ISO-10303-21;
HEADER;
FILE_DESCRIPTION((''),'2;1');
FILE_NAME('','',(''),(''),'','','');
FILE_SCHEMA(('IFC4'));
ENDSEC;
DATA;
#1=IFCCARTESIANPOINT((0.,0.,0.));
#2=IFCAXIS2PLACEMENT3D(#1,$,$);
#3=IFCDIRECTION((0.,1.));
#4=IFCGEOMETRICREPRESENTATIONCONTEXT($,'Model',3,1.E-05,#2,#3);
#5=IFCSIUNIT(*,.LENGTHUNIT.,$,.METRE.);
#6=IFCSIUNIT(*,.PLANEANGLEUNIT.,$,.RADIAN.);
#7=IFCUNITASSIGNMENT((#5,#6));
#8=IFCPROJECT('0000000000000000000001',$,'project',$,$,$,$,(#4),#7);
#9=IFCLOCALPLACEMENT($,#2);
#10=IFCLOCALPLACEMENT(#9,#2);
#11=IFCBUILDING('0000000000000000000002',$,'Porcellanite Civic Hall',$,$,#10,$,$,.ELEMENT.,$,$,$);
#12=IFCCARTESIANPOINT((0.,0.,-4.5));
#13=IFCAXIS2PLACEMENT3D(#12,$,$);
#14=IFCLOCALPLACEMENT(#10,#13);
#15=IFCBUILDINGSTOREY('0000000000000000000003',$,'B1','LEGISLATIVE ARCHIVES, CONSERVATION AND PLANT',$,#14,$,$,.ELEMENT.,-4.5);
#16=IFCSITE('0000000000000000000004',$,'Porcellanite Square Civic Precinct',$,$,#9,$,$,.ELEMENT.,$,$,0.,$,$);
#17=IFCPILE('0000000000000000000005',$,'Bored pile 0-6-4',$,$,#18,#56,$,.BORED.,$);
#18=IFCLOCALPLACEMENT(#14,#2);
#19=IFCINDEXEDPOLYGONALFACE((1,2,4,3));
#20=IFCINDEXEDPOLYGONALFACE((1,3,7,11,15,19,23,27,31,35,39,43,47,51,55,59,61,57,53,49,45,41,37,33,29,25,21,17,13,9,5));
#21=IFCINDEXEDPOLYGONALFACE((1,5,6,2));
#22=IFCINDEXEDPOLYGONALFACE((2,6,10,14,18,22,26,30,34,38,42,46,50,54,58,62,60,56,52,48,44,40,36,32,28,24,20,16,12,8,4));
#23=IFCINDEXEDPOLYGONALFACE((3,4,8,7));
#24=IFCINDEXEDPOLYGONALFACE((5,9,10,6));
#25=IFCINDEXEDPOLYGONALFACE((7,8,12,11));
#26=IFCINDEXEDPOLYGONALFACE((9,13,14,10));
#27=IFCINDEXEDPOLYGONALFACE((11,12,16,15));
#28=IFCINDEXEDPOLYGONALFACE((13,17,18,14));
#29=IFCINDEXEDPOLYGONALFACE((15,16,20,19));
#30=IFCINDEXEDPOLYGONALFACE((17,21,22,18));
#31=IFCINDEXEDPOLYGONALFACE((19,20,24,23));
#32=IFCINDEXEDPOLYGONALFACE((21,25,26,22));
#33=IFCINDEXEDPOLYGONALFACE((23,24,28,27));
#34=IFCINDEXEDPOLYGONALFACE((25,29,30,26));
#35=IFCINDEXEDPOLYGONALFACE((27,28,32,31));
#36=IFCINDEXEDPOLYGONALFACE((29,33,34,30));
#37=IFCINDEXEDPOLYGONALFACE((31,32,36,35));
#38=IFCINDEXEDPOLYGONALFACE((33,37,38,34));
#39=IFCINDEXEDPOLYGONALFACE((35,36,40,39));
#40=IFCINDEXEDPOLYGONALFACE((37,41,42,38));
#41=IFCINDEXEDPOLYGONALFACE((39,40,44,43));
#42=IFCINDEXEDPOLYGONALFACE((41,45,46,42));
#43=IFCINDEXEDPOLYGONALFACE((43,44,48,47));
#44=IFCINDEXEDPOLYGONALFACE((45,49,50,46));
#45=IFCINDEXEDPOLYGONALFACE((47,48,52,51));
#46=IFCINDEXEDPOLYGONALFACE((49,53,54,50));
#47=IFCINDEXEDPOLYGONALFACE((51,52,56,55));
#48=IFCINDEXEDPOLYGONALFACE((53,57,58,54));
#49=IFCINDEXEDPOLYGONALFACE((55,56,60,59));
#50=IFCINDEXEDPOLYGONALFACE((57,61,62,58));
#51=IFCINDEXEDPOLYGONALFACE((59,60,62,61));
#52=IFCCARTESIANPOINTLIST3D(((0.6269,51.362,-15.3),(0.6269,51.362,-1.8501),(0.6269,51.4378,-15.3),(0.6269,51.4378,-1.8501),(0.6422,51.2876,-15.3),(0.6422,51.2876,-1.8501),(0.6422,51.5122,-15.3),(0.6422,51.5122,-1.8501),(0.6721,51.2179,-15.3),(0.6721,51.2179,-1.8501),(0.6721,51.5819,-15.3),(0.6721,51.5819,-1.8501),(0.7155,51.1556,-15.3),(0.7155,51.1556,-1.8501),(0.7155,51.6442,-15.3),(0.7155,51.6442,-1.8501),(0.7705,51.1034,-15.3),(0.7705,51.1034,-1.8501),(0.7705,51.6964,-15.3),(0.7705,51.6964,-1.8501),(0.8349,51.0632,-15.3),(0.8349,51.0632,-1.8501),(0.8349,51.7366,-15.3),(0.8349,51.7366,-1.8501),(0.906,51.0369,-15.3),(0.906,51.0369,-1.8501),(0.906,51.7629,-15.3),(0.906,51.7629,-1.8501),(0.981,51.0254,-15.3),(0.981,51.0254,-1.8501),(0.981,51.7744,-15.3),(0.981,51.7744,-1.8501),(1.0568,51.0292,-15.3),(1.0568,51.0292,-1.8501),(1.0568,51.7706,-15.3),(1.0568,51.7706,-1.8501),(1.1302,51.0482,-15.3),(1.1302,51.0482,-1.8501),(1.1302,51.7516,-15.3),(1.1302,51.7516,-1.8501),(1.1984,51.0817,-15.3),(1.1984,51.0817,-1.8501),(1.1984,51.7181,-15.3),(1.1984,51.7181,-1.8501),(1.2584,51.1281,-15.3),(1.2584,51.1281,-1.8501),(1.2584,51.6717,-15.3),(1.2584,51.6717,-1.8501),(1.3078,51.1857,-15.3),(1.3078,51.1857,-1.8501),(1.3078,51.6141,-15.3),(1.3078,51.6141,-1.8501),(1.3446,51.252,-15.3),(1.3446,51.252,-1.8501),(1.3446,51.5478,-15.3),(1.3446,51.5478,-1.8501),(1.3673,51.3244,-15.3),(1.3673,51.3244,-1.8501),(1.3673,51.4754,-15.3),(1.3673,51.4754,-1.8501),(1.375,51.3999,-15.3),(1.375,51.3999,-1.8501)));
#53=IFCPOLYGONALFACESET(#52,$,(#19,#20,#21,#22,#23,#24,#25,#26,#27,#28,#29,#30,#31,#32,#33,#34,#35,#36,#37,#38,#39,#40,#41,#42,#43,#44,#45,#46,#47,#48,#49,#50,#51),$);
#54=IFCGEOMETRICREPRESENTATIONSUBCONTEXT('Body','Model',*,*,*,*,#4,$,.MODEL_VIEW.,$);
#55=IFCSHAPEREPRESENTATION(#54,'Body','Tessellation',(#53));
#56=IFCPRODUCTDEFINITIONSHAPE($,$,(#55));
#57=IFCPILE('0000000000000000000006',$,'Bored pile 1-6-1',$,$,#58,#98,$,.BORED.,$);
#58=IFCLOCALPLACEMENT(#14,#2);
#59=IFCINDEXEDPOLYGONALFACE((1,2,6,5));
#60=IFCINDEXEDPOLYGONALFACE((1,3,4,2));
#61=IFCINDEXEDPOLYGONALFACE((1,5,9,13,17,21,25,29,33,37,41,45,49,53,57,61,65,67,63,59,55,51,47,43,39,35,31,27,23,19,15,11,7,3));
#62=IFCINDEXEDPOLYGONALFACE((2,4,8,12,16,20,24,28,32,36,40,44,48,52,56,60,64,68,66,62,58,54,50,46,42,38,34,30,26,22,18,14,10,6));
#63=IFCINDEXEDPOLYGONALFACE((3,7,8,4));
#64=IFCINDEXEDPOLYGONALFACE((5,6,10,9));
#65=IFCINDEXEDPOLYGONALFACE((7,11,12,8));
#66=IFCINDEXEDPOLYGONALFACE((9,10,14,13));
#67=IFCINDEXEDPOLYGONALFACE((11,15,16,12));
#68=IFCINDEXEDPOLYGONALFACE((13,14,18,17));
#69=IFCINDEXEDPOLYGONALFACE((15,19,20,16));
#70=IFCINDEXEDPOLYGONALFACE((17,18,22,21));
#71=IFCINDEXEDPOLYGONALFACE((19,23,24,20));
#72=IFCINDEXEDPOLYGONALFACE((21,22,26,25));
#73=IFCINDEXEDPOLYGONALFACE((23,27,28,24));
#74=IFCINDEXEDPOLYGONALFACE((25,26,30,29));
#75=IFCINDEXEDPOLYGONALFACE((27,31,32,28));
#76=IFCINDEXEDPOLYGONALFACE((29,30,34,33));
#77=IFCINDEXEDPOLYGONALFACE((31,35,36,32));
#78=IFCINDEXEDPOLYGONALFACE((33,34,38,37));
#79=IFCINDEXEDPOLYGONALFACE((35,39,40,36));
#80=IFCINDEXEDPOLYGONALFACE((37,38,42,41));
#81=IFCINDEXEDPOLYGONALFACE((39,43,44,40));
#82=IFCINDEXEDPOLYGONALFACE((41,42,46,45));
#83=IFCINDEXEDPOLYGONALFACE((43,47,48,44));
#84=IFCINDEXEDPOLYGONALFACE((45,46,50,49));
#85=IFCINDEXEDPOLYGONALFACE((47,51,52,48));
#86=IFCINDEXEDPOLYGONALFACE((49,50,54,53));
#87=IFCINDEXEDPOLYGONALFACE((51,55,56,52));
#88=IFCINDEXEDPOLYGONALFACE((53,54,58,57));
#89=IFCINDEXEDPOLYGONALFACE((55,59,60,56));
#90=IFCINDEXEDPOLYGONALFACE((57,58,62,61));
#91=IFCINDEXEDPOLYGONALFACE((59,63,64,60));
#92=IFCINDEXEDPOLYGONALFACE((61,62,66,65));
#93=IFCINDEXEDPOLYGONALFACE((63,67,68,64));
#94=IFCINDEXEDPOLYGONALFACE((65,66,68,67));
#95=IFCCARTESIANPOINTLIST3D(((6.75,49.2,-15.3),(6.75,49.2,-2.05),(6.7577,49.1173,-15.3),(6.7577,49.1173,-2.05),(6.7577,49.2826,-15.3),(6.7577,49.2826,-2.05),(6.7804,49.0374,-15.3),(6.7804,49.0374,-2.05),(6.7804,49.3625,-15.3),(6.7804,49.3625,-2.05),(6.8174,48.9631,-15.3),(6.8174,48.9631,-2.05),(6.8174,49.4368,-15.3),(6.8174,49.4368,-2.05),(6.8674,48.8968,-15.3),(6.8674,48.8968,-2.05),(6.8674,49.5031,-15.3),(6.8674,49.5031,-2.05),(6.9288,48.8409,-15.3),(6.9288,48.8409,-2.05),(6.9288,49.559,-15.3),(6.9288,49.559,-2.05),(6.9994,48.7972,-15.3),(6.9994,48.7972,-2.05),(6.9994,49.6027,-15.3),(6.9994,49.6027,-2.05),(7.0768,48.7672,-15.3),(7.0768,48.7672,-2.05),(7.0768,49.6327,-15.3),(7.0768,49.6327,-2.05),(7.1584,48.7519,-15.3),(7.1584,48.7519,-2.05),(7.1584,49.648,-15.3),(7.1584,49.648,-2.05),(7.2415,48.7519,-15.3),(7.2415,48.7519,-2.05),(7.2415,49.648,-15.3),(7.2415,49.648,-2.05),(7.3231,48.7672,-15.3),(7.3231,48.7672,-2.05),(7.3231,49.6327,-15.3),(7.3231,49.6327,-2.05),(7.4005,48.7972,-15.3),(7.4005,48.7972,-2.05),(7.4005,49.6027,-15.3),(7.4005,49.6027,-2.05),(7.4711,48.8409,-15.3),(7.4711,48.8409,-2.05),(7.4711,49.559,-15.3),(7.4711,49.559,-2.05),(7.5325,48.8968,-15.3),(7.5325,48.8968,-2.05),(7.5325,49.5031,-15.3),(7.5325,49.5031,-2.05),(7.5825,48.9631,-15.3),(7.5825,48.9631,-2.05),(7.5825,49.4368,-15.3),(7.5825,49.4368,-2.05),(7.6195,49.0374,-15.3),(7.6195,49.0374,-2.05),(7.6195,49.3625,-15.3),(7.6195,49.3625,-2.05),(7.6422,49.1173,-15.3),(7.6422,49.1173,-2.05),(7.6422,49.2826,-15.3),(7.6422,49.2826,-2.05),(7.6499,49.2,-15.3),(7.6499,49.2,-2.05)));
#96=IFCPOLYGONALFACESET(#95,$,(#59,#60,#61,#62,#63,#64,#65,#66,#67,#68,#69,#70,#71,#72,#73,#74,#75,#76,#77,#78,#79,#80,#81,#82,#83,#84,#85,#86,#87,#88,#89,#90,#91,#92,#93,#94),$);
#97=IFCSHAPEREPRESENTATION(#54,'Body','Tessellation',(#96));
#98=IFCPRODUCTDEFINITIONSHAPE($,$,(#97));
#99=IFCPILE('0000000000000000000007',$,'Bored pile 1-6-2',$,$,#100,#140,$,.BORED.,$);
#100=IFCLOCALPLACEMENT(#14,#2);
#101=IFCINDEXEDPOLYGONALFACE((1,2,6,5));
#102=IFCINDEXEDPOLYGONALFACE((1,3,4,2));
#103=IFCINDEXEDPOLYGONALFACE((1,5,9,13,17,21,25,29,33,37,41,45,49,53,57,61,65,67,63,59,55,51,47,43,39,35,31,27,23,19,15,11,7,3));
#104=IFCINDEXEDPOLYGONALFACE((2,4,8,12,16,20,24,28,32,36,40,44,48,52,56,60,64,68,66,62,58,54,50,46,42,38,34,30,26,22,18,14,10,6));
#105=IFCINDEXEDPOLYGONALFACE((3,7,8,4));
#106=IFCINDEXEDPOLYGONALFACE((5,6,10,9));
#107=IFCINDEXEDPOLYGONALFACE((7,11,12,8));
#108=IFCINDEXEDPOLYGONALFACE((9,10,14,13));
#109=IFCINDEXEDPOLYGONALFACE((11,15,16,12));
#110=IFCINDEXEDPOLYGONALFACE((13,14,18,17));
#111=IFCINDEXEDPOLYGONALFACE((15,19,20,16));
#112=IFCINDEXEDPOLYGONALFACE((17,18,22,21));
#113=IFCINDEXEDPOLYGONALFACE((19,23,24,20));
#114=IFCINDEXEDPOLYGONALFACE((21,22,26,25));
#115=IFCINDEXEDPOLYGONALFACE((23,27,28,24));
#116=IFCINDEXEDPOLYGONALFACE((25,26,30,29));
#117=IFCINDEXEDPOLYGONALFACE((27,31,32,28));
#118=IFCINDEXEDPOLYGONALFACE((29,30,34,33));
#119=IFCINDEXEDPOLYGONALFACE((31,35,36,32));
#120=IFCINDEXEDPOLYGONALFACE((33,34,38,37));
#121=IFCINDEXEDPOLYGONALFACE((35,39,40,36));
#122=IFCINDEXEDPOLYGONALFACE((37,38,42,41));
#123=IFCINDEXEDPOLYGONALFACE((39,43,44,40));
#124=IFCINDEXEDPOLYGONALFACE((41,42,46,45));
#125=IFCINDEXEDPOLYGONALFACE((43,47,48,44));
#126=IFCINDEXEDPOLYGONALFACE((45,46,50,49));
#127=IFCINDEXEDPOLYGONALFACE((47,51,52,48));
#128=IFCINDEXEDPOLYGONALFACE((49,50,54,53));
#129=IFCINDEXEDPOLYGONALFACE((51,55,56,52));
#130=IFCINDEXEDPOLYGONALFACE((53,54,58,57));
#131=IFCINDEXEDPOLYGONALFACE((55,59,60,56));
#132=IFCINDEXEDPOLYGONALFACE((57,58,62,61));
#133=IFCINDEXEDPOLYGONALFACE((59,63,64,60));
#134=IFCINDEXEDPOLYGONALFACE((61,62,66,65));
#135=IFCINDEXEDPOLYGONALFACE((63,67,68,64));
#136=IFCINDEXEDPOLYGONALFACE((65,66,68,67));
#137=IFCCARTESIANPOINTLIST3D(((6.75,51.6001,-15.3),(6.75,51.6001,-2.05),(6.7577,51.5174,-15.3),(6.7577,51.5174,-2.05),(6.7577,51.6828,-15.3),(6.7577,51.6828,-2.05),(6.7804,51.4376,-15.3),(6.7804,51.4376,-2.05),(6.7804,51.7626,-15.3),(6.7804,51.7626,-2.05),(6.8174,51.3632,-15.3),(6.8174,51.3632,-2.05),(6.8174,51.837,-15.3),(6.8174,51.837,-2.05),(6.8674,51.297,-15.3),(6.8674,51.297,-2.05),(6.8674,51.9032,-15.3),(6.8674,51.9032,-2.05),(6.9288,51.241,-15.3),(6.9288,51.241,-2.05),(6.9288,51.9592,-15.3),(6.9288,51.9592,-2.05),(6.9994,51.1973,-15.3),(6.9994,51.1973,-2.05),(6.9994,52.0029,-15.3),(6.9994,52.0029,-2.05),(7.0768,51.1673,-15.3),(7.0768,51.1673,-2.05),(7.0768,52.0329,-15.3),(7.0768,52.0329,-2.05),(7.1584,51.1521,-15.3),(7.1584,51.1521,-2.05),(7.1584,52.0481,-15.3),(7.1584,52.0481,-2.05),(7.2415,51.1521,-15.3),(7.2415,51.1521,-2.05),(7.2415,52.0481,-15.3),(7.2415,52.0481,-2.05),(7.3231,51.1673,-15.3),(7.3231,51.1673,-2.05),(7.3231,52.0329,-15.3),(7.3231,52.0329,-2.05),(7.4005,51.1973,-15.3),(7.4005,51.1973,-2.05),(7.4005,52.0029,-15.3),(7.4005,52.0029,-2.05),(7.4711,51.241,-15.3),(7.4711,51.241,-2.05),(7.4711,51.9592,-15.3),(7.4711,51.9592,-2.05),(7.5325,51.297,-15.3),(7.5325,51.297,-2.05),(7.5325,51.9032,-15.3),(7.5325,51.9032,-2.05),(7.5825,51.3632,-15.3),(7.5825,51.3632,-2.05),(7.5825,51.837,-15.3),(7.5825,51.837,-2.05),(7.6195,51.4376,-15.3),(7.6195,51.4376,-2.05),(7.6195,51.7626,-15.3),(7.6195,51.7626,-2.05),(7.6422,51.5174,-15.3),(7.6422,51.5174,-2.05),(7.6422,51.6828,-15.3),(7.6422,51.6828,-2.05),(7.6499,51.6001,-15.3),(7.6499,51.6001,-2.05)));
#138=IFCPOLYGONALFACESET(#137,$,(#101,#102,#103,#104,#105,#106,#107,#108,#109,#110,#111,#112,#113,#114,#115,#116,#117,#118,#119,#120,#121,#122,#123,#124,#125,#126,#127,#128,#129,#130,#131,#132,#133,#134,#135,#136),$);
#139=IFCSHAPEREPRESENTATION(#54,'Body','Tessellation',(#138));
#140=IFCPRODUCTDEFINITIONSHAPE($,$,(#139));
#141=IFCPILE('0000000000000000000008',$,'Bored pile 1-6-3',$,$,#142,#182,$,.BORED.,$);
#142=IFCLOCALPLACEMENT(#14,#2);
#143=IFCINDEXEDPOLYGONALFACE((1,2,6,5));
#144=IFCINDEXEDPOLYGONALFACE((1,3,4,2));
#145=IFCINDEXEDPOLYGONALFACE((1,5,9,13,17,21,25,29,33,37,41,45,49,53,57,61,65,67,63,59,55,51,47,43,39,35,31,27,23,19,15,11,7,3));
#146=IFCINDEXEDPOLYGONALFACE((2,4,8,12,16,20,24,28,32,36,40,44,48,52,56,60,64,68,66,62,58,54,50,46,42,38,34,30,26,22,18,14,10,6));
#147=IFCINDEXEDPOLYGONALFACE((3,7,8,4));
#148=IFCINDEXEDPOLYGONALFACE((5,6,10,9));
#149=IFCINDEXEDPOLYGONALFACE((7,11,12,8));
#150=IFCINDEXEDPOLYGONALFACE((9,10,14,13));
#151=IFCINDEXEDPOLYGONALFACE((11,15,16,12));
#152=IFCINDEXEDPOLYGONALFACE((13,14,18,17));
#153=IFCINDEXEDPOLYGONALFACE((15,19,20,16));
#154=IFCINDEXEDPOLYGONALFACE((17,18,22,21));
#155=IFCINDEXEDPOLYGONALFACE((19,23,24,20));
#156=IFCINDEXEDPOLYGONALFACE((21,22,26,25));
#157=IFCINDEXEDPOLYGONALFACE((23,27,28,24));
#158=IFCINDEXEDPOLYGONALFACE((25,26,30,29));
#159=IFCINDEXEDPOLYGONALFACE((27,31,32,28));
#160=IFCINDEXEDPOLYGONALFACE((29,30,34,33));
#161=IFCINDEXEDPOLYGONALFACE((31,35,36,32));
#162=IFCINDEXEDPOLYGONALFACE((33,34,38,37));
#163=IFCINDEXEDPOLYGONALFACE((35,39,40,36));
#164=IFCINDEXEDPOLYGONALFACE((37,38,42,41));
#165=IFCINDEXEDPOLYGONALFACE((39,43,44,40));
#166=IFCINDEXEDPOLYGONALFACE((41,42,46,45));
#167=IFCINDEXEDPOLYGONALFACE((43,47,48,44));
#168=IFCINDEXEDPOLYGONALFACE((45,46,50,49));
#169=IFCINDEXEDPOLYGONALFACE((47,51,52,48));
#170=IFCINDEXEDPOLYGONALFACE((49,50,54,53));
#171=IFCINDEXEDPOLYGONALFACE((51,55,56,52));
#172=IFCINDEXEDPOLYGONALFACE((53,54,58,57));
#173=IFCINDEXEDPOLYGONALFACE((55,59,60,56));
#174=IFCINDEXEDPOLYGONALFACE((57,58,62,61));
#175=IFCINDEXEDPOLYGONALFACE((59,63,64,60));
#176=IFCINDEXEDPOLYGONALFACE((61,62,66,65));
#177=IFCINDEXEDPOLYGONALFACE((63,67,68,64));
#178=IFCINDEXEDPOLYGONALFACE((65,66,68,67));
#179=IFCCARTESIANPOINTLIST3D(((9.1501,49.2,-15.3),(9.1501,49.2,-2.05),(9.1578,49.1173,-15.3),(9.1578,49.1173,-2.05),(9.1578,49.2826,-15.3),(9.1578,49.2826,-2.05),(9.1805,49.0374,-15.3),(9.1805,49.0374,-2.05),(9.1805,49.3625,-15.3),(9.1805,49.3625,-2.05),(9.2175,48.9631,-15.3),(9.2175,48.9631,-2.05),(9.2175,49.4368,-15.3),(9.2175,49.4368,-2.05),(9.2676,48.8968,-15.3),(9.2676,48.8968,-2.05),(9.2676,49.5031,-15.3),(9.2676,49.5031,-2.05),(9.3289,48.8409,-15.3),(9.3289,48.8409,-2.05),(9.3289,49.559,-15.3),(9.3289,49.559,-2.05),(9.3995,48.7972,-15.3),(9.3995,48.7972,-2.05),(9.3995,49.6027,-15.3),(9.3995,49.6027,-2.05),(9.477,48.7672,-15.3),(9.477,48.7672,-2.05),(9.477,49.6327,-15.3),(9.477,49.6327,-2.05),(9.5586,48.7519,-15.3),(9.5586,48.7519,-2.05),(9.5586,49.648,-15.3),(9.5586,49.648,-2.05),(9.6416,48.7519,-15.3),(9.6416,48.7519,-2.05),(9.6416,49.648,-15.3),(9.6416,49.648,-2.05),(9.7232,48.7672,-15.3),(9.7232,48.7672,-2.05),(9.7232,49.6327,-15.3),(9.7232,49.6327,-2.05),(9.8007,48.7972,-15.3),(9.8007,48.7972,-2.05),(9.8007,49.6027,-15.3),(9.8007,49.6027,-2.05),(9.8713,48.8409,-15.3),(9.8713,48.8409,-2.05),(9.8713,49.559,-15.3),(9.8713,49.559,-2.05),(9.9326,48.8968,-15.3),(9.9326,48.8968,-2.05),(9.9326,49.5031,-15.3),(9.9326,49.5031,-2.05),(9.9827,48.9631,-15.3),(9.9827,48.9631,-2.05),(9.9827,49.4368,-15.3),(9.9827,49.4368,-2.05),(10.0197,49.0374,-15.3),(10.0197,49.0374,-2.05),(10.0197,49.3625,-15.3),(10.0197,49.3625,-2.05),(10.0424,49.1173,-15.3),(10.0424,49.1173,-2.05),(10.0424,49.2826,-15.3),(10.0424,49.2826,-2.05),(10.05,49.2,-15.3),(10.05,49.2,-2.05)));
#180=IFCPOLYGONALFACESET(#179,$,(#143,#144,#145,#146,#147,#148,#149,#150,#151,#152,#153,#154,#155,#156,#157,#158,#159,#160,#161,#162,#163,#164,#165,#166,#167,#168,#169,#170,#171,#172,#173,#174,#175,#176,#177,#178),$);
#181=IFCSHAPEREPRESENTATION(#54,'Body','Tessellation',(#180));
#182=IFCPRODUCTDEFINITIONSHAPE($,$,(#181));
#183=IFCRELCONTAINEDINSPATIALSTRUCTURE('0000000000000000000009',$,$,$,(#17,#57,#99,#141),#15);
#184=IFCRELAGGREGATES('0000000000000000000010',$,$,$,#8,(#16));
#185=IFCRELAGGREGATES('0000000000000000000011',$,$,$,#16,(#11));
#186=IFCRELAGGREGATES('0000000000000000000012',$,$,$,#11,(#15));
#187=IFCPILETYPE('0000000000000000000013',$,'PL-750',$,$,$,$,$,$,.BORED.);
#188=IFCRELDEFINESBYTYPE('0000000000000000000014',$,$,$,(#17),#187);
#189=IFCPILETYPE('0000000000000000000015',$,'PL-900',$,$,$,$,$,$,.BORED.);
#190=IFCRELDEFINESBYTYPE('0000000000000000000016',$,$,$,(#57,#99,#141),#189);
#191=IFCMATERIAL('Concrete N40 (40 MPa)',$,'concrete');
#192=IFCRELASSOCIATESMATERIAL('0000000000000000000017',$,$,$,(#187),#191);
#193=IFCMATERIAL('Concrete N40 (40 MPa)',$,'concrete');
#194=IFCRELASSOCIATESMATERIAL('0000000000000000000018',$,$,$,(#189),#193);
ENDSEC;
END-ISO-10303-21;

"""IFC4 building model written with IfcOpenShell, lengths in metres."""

from ifc_helpers import new_model, si_unit, direction, frame, origin, origin_2d, place, context, subcontext, project, spatial, circle, extrude, material, material_profile, profile_set, type_object, element, save


model = new_model("IFC4")

# Units and contexts
model_context = context("Model", 3, precision=1e-05, world=origin(), true_north=direction((0.0, 1.0)))
body_context = subcontext(model_context, "Body", "Model", "MODEL_VIEW")
ifc_project = project(units=[si_unit("LENGTHUNIT", "METRE"), si_unit("PLANEANGLEUNIT", "RADIAN")], contexts=[model_context])

# Site, building, storey
site_placement = place(None, origin())
site = spatial("IfcSite", under=ifc_project, at=site_placement, Name="Porcellanite Square Civic Precinct", CompositionType="ELEMENT", RefElevation=0.0)
building_placement = place(site_placement, origin())
building = spatial("IfcBuilding", under=site, at=building_placement, Name="Porcellanite Civic Hall", CompositionType="ELEMENT")
storey_placement = place(building_placement, frame((0.0, 0.0, -4.5)))
storey = spatial("IfcBuildingStorey", under=building, at=storey_placement, Name="B1", Description="LEGISLATIVE ARCHIVES, CONSERVATION AND PLANT", CompositionType="ELEMENT", Elevation=-4.5)

# Piles
ifc_material_1 = material(Name="Concrete N40 (40 MPa)", Category="concrete")
ifc_material_profile_1 = material_profile(ifc_material_1, circle(Radius=0.375, at=origin_2d()), Name="PILE-D750")
ifc_profile_set_1 = profile_set([ifc_material_profile_1], Name="Concrete N40 (40 MPa)")
pile_type_1 = type_object("IfcPileType", Name="PL-750", PredefinedType="BORED", material=ifc_profile_set_1)
for number, where, z_axis, x_axis, name in (
    (1, (1.0, 51.3999, -1.8501), (0.0, 0.0, -1.0), (1.0, 0.0, 0.0), "Bored pile 0-6-4"),
):
    element("IfcPile", number, at=place(storey_placement, frame(where, z_axis=z_axis, x_axis=x_axis)), inside=storey, type_object=pile_type_1, Name=name, PredefinedType="BORED", context=body_context, shape_type="SweptSolid", body=[
        extrude(circle(Radius=0.375, at=origin_2d()), origin(), (0.0, 0.0, 1.0), 13.45),
    ])
ifc_material_2 = material(Name="Concrete N40 (40 MPa)", Category="concrete")
ifc_material_profile_2 = material_profile(ifc_material_2, circle(Radius=0.45, at=origin_2d()), Name="PILE-D900")
ifc_profile_set_2 = profile_set([ifc_material_profile_2], Name="Concrete N40 (40 MPa)")
pile_type_2 = type_object("IfcPileType", Name="PL-900", PredefinedType="BORED", material=ifc_profile_set_2)
for number, where, z_axis, x_axis, name in (
    (2, (7.2, 49.2, -2.05), (0.0, 0.0, -1.0), (1.0, 0.0, 0.0), "Bored pile 1-6-1"),
    (3, (7.2, 51.6001, -2.05), (0.0, 0.0, -1.0), (1.0, 0.0, 0.0), "Bored pile 1-6-2"),
    (4, (9.6001, 49.2, -2.05), (0.0, 0.0, -1.0), (1.0, 0.0, 0.0), "Bored pile 1-6-3"),
):
    element("IfcPile", number, at=place(storey_placement, frame(where, z_axis=z_axis, x_axis=x_axis)), inside=storey, type_object=pile_type_2, Name=name, PredefinedType="BORED", context=body_context, shape_type="SweptSolid", body=[
        extrude(circle(Radius=0.45, at=origin_2d()), origin(), (0.0, 0.0, 1.0), 13.25),
    ])

save(model, "model.ifc")
